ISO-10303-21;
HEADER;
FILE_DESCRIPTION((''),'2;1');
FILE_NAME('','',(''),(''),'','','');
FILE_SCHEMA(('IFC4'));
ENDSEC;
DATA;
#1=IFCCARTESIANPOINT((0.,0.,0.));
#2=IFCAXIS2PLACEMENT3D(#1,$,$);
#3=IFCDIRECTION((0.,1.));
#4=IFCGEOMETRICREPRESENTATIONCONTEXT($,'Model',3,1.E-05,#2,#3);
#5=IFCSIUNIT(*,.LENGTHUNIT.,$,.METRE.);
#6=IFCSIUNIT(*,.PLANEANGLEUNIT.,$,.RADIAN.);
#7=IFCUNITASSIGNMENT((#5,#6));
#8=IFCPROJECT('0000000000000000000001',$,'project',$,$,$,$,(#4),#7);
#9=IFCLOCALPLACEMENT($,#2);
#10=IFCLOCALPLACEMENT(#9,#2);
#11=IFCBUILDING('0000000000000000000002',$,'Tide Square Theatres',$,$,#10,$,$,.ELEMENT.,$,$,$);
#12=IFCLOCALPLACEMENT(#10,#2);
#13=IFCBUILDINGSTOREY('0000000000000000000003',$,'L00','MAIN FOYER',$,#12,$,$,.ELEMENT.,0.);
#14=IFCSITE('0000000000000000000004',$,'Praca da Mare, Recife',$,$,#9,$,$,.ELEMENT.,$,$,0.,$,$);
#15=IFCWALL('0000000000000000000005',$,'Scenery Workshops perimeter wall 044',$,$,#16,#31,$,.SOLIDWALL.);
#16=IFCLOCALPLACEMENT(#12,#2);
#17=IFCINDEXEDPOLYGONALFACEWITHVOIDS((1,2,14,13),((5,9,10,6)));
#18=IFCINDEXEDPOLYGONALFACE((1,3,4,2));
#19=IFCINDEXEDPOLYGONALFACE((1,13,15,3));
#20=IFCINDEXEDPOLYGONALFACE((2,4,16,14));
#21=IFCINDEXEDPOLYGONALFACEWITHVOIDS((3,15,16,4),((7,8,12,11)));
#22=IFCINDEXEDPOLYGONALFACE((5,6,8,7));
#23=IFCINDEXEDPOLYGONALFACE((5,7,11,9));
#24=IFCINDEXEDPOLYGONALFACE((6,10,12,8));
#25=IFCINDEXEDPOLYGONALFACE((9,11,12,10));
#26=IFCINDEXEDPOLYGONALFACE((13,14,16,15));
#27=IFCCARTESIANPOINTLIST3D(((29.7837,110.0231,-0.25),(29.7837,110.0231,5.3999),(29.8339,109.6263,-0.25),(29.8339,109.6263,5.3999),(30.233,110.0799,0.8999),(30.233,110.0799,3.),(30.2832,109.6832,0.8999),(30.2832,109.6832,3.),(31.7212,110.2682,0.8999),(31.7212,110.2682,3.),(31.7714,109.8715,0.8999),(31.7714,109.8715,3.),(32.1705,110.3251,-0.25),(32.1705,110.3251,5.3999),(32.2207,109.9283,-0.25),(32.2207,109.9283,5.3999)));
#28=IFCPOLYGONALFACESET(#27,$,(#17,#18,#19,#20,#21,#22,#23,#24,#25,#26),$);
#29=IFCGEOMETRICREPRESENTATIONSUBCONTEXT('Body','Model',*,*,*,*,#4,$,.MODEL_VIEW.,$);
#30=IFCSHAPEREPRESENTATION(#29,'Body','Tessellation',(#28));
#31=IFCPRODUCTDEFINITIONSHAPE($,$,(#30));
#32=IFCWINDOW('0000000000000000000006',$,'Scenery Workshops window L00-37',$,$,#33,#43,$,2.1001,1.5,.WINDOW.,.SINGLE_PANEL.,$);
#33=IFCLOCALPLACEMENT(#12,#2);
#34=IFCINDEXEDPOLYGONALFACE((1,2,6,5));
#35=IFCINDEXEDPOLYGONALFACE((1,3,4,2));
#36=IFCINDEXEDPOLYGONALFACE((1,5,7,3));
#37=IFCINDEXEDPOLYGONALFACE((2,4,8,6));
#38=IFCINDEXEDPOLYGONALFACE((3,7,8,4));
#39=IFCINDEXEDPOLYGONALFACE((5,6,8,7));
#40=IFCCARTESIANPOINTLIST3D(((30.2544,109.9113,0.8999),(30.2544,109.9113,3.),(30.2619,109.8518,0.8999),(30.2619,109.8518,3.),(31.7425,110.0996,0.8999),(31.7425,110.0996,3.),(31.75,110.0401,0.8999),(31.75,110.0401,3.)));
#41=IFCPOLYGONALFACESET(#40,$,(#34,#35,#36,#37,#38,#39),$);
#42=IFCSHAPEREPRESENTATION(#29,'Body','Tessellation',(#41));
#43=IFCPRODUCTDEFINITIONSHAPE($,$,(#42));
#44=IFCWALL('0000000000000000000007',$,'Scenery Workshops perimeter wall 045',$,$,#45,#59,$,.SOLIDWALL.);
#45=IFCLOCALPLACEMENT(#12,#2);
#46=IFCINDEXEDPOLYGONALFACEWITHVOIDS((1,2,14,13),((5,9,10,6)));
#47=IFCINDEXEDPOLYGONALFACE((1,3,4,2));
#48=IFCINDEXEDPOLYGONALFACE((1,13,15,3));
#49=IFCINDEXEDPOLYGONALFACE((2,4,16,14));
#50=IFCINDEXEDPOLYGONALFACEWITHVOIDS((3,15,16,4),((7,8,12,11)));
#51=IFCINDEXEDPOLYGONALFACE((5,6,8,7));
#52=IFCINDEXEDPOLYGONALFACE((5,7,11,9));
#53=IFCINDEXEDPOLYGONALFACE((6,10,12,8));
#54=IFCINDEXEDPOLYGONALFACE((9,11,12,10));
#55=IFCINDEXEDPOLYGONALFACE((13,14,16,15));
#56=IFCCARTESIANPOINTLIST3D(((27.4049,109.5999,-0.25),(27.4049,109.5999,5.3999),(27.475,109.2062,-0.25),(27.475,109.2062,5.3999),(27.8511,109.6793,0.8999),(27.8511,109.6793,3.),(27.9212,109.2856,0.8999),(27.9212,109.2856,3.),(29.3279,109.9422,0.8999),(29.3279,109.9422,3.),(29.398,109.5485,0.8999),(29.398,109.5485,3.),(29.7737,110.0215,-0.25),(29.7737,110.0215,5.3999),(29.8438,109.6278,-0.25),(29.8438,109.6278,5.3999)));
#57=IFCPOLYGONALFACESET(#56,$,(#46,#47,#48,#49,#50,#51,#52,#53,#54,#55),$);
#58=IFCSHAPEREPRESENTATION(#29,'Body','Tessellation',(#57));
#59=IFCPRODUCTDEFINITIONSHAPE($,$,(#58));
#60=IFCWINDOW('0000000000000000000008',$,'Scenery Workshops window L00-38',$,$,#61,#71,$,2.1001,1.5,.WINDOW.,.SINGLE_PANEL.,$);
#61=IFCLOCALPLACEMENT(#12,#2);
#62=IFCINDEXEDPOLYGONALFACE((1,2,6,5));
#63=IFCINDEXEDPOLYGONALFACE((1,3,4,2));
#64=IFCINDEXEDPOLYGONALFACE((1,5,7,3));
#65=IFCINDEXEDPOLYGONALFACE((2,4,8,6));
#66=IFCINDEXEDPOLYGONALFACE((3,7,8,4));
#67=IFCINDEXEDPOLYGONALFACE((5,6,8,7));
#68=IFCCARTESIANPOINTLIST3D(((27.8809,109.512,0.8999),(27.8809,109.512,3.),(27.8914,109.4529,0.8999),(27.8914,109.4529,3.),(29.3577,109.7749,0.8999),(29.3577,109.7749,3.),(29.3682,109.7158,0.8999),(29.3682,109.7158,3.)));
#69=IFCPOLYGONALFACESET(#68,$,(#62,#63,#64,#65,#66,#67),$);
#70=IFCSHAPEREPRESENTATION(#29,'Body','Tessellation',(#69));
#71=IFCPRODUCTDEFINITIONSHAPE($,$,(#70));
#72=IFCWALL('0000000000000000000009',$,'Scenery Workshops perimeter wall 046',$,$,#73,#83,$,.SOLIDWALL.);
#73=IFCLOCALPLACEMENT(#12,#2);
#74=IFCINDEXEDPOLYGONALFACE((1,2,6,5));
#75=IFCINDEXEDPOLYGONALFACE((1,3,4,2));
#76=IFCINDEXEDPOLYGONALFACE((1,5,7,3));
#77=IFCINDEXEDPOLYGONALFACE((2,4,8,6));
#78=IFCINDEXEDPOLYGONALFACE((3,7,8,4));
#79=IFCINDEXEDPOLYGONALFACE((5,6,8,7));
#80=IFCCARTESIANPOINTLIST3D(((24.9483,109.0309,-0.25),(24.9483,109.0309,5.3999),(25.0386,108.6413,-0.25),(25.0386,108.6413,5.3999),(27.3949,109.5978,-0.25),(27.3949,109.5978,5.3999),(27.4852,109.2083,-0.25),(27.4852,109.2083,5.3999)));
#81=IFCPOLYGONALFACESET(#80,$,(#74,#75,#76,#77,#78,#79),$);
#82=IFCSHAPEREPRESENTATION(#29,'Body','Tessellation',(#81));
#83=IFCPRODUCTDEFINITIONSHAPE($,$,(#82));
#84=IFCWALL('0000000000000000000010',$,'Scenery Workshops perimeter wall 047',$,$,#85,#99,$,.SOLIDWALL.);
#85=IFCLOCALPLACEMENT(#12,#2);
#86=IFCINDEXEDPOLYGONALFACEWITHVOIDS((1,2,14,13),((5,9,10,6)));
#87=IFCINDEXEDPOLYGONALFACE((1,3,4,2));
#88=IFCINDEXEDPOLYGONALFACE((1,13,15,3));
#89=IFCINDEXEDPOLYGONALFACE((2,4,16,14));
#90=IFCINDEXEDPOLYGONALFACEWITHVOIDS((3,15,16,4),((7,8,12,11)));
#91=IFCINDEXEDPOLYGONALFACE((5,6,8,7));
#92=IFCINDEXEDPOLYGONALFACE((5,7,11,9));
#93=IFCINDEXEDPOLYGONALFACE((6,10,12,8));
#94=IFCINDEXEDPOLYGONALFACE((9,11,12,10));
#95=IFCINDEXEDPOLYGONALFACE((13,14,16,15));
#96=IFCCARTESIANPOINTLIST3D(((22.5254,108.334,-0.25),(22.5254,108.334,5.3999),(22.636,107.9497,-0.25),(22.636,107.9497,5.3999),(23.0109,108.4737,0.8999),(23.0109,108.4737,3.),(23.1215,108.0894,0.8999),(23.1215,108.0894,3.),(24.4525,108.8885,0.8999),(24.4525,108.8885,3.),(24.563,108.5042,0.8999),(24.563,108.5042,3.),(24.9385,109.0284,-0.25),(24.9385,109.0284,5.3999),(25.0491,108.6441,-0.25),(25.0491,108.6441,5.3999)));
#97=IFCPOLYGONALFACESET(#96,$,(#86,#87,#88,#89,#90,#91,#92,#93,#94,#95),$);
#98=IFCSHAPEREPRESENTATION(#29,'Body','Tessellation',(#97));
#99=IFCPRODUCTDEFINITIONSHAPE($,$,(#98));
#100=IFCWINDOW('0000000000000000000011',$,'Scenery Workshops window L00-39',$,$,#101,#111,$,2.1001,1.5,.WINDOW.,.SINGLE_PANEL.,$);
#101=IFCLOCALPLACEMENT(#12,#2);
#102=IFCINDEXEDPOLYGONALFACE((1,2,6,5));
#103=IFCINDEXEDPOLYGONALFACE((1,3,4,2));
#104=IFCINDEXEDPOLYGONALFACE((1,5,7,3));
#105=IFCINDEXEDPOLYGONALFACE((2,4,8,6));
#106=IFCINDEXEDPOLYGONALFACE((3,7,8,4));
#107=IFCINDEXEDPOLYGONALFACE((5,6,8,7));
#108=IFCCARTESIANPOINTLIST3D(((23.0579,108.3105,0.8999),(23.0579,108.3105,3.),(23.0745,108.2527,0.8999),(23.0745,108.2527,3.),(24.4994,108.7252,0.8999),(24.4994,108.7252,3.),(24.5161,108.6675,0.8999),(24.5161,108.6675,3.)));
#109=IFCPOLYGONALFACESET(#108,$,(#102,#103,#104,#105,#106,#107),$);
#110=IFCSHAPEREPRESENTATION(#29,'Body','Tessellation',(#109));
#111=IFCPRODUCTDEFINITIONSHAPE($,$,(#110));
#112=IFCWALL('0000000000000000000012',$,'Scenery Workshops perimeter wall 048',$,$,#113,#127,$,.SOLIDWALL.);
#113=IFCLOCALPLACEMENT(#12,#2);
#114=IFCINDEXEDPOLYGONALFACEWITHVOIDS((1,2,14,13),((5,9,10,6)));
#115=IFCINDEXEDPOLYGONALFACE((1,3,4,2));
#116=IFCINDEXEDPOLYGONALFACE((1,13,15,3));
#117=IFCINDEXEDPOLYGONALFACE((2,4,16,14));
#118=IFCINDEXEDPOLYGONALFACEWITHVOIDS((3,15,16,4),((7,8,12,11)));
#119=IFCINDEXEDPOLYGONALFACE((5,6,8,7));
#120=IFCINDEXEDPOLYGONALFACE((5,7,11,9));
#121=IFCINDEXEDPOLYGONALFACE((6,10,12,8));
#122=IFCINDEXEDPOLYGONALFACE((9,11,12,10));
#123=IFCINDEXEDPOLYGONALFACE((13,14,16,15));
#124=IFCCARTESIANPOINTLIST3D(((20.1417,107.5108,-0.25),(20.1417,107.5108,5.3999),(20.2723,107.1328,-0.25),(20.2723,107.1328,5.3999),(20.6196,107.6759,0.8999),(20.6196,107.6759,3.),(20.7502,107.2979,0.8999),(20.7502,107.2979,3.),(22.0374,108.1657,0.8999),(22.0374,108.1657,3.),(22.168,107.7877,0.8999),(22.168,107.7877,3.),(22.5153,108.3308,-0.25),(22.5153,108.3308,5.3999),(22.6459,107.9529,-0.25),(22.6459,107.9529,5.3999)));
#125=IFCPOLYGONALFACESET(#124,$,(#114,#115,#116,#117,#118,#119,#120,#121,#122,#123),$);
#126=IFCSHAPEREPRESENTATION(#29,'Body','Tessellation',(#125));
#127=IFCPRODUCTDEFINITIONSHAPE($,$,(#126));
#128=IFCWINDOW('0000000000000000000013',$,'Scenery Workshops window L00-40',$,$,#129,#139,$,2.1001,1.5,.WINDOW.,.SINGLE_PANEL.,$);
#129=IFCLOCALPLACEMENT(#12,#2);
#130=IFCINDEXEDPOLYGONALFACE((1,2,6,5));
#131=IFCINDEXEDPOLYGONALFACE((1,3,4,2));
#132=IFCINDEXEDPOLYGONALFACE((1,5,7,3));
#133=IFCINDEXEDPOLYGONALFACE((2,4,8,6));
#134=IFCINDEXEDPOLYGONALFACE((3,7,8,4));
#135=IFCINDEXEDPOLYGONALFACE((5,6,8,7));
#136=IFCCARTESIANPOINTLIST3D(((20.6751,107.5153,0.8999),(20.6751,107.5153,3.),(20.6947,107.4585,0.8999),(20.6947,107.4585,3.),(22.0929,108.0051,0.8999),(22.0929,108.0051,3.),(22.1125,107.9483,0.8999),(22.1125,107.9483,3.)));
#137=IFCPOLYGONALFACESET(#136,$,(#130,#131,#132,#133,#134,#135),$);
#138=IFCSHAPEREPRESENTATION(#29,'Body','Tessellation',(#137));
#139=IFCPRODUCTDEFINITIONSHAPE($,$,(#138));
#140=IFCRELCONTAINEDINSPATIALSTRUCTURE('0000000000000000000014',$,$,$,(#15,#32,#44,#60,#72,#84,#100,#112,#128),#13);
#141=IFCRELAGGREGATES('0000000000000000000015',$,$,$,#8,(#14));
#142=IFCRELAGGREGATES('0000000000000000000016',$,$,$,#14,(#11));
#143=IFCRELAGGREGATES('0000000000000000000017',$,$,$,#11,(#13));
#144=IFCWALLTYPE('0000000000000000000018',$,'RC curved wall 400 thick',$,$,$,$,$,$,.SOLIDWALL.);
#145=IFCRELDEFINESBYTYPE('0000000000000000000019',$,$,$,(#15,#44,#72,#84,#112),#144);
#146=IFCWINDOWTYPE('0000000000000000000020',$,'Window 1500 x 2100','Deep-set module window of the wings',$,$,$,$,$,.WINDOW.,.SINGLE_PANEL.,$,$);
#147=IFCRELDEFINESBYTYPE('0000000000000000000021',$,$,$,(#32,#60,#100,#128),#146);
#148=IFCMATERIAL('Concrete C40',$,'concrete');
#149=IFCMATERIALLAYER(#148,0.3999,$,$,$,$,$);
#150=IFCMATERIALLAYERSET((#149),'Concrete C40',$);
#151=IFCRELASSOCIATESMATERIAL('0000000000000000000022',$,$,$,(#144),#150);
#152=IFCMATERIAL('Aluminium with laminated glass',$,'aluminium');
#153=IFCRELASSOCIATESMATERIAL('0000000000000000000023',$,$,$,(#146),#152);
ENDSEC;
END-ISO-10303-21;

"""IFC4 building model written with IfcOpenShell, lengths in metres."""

from ifc_helpers import new_model, si_unit, direction, frame, frame_2d, origin, place, context, subcontext, project, spatial, rectangle, extrude, material, layer, layer_set, type_object, element, fill, save


model = new_model("IFC4")

# Units and contexts
model_context = context("Model", 3, precision=1e-05, world=origin(), true_north=direction((0.0, 1.0)))
body_context = subcontext(model_context, "Body", "Model", "MODEL_VIEW")
ifc_project = project(units=[si_unit("LENGTHUNIT", "METRE"), si_unit("PLANEANGLEUNIT", "RADIAN")], contexts=[model_context])

# Site, building, storey
site_placement = place(None, origin())
site = spatial("IfcSite", under=ifc_project, at=site_placement, Name="Praca da Mare, Recife", CompositionType="ELEMENT", RefElevation=0.0)
building_placement = place(site_placement, origin())
building = spatial("IfcBuilding", under=site, at=building_placement, Name="Tide Square Theatres", CompositionType="ELEMENT")
storey_placement = place(building_placement, origin())
storey = spatial("IfcBuildingStorey", under=building, at=storey_placement, Name="L00", Description="MAIN FOYER", CompositionType="ELEMENT", Elevation=0.0)

# Walls, openings, windows
ifc_material_1 = material(Name="Concrete C40", Category="concrete")
ifc_layer_1 = layer(ifc_material_1, 0.3999)
ifc_layer_set_1 = layer_set([ifc_layer_1], Name="Concrete C40")
wall_type_1 = type_object("IfcWallType", Name="RC curved wall 400 thick", PredefinedType="SOLIDWALL", material=ifc_layer_set_1)
wall_1_placement = place(storey_placement, frame((32.1956, 110.1267, -0.25), z_axis=(0.0, 0.0, 1.0), x_axis=(-0.992089, -0.125533, 0.0)))
wall_1 = element("IfcWall", 1, at=wall_1_placement, inside=storey, type_object=wall_type_1, Name="Scenery Workshops perimeter wall 044", PredefinedType="SOLIDWALL", context=body_context, shape_type="SweptSolid", body=[
    extrude(rectangle(XDim=2.4058, YDim=0.3999, at=frame_2d((1.2029, 0.0))), origin(), (0.0, 0.0, 1.0), 5.6499),
])
opening_1_placement = place(wall_1_placement, frame((0.4529, 0.0, 1.1499)))
opening_1 = element("IfcOpeningElement", 2, at=opening_1_placement, cuts=wall_1, PredefinedType="OPENING", context=body_context, shape_type="SweptSolid", body=[
    extrude(rectangle(XDim=1.5, YDim=2.1001, at=frame_2d((0.75, 1.05))), frame((0.0, 0.21, 0.0), z_axis=(0.0, -1.0, 0.0), x_axis=(1.0, 0.0, 0.0)), (0.0, 0.0, 1.0), 0.4199),
])
ifc_material_2 = material(Name="Aluminium with laminated glass", Category="aluminium")
window_type = type_object("IfcWindowType", Name="Window 1500 x 2100", Description="Deep-set module window of the wings", PartitioningType="SINGLE_PANEL", PredefinedType="WINDOW", material=ifc_material_2)
window_1_placement = place(opening_1_placement, origin())
window_1 = element("IfcWindow", 3, at=window_1_placement, inside=storey, type_object=window_type, Name="Scenery Workshops window L00-37", OverallHeight=2.1001, OverallWidth=1.5, PartitioningType="SINGLE_PANEL", PredefinedType="WINDOW", context=body_context, shape_type="SweptSolid", body=[
    extrude(rectangle(XDim=1.5, YDim=2.1001, at=frame_2d((0.75, 1.05))), frame((0.0, 0.03, 0.0), z_axis=(0.0, -1.0, 0.0), x_axis=(1.0, 0.0, 0.0)), (0.0, 0.0, 1.0), 0.0601),
])
fill(opening_1, window_1)
wall_2_placement = place(storey_placement, frame((29.8088, 109.8247, -0.25), z_axis=(0.0, 0.0, 1.0), x_axis=(-0.984524, -0.17525, 0.0)))
wall_2 = element("IfcWall", 4, at=wall_2_placement, inside=storey, type_object=wall_type_1, Name="Scenery Workshops perimeter wall 045", PredefinedType="SOLIDWALL", context=body_context, shape_type="SweptSolid", body=[
    extrude(rectangle(XDim=2.406, YDim=0.3999, at=frame_2d((1.2031, 0.0))), origin(), (0.0, 0.0, 1.0), 5.6499),
])
opening_2_placement = place(wall_2_placement, frame((0.4529, 0.0, 1.1499)))
opening_2 = element("IfcOpeningElement", 5, at=opening_2_placement, cuts=wall_2, PredefinedType="OPENING", context=body_context, shape_type="SweptSolid", body=[
    extrude(rectangle(XDim=1.5, YDim=2.1001, at=frame_2d((0.75, 1.05))), frame((0.0, 0.21, 0.0), z_axis=(0.0, -1.0, 0.0), x_axis=(1.0, 0.0, 0.0)), (0.0, 0.0, 1.0), 0.4199),
])
window_2_placement = place(opening_2_placement, origin())
window_2 = element("IfcWindow", 6, at=window_2_placement, inside=storey, type_object=window_type, Name="Scenery Workshops window L00-38", OverallHeight=2.1001, OverallWidth=1.5, PartitioningType="SINGLE_PANEL", PredefinedType="WINDOW", context=body_context, shape_type="SweptSolid", body=[
    extrude(rectangle(XDim=1.5, YDim=2.1001, at=frame_2d((0.75, 1.05))), frame((0.0, 0.03, 0.0), z_axis=(0.0, -1.0, 0.0), x_axis=(1.0, 0.0, 0.0)), (0.0, 0.0, 1.0), 0.0601),
])
fill(opening_2, window_2)

# Wall
wall_3_placement = place(storey_placement, frame((27.4402, 109.4031, -0.25), z_axis=(0.0, 0.0, 1.0), x_axis=(-0.974189, -0.225733, 0.0)))
element("IfcWall", 7, at=wall_3_placement, inside=storey, type_object=wall_type_1, Name="Scenery Workshops perimeter wall 046", PredefinedType="SOLIDWALL", context=body_context, shape_type="SweptSolid", body=[
    extrude(rectangle(XDim=2.5115, YDim=0.3999, at=frame_2d((1.2559, 0.0))), origin(), (0.0, 0.0, 1.0), 5.6499),
])

# Walls, openings, windows
wall_4_placement = place(storey_placement, frame((24.9937, 108.8362, -0.25), z_axis=(0.0, 0.0, 1.0), x_axis=(-0.961009, -0.276518, 0.0)))
wall_4 = element("IfcWall", 8, at=wall_4_placement, inside=storey, type_object=wall_type_1, Name="Scenery Workshops perimeter wall 047", PredefinedType="SOLIDWALL", context=body_context, shape_type="SweptSolid", body=[
    extrude(rectangle(XDim=2.511, YDim=0.3999, at=frame_2d((1.2554, 0.0))), origin(), (0.0, 0.0, 1.0), 5.6499),
])
opening_3_placement = place(wall_4_placement, frame((0.5056, 0.0, 1.1499)))
opening_3 = element("IfcOpeningElement", 9, at=opening_3_placement, cuts=wall_4, PredefinedType="OPENING", context=body_context, shape_type="SweptSolid", body=[
    extrude(rectangle(XDim=1.5, YDim=2.1001, at=frame_2d((0.75, 1.05))), frame((0.0, 0.21, 0.0), z_axis=(0.0, -1.0, 0.0), x_axis=(1.0, 0.0, 0.0)), (0.0, 0.0, 1.0), 0.4199),
])
window_3_placement = place(opening_3_placement, origin())
window_3 = element("IfcWindow", 10, at=window_3_placement, inside=storey, type_object=window_type, Name="Scenery Workshops window L00-39", OverallHeight=2.1001, OverallWidth=1.5, PartitioningType="SINGLE_PANEL", PredefinedType="WINDOW", context=body_context, shape_type="SweptSolid", body=[
    extrude(rectangle(XDim=1.5, YDim=2.1001, at=frame_2d((0.75, 1.05))), frame((0.0, 0.03, 0.0), z_axis=(0.0, -1.0, 0.0), x_axis=(1.0, 0.0, 0.0)), (0.0, 0.0, 1.0), 0.0601),
])
fill(opening_3, window_3)
wall_5_placement = place(storey_placement, frame((22.5806, 108.1418, -0.25), z_axis=(0.0, 0.0, 1.0), x_axis=(-0.945175, -0.326563, 0.0)))
wall_5 = element("IfcWall", 11, at=wall_5_placement, inside=storey, type_object=wall_type_1, Name="Scenery Workshops perimeter wall 048", PredefinedType="SOLIDWALL", context=body_context, shape_type="SweptSolid", body=[
    extrude(rectangle(XDim=2.5112, YDim=0.3999, at=frame_2d((1.2556, 0.0))), origin(), (0.0, 0.0, 1.0), 5.6499),
])
opening_4_placement = place(wall_5_placement, frame((0.5056, 0.0, 1.1499)))
opening_4 = element("IfcOpeningElement", 12, at=opening_4_placement, cuts=wall_5, PredefinedType="OPENING", context=body_context, shape_type="SweptSolid", body=[
    extrude(rectangle(XDim=1.5, YDim=2.1001, at=frame_2d((0.75, 1.05))), frame((0.0, 0.21, 0.0), z_axis=(0.0, -1.0, 0.0), x_axis=(1.0, 0.0, 0.0)), (0.0, 0.0, 1.0), 0.4199),
])
window_4_placement = place(opening_4_placement, origin())
window_4 = element("IfcWindow", 13, at=window_4_placement, inside=storey, type_object=window_type, Name="Scenery Workshops window L00-40", OverallHeight=2.1001, OverallWidth=1.5, PartitioningType="SINGLE_PANEL", PredefinedType="WINDOW", context=body_context, shape_type="SweptSolid", body=[
    extrude(rectangle(XDim=1.5, YDim=2.1001, at=frame_2d((0.75, 1.05))), frame((0.0, 0.03, 0.0), z_axis=(0.0, -1.0, 0.0), x_axis=(1.0, 0.0, 0.0)), (0.0, 0.0, 1.0), 0.0601),
])
fill(opening_4, window_4)

save(model, "model.ifc")
